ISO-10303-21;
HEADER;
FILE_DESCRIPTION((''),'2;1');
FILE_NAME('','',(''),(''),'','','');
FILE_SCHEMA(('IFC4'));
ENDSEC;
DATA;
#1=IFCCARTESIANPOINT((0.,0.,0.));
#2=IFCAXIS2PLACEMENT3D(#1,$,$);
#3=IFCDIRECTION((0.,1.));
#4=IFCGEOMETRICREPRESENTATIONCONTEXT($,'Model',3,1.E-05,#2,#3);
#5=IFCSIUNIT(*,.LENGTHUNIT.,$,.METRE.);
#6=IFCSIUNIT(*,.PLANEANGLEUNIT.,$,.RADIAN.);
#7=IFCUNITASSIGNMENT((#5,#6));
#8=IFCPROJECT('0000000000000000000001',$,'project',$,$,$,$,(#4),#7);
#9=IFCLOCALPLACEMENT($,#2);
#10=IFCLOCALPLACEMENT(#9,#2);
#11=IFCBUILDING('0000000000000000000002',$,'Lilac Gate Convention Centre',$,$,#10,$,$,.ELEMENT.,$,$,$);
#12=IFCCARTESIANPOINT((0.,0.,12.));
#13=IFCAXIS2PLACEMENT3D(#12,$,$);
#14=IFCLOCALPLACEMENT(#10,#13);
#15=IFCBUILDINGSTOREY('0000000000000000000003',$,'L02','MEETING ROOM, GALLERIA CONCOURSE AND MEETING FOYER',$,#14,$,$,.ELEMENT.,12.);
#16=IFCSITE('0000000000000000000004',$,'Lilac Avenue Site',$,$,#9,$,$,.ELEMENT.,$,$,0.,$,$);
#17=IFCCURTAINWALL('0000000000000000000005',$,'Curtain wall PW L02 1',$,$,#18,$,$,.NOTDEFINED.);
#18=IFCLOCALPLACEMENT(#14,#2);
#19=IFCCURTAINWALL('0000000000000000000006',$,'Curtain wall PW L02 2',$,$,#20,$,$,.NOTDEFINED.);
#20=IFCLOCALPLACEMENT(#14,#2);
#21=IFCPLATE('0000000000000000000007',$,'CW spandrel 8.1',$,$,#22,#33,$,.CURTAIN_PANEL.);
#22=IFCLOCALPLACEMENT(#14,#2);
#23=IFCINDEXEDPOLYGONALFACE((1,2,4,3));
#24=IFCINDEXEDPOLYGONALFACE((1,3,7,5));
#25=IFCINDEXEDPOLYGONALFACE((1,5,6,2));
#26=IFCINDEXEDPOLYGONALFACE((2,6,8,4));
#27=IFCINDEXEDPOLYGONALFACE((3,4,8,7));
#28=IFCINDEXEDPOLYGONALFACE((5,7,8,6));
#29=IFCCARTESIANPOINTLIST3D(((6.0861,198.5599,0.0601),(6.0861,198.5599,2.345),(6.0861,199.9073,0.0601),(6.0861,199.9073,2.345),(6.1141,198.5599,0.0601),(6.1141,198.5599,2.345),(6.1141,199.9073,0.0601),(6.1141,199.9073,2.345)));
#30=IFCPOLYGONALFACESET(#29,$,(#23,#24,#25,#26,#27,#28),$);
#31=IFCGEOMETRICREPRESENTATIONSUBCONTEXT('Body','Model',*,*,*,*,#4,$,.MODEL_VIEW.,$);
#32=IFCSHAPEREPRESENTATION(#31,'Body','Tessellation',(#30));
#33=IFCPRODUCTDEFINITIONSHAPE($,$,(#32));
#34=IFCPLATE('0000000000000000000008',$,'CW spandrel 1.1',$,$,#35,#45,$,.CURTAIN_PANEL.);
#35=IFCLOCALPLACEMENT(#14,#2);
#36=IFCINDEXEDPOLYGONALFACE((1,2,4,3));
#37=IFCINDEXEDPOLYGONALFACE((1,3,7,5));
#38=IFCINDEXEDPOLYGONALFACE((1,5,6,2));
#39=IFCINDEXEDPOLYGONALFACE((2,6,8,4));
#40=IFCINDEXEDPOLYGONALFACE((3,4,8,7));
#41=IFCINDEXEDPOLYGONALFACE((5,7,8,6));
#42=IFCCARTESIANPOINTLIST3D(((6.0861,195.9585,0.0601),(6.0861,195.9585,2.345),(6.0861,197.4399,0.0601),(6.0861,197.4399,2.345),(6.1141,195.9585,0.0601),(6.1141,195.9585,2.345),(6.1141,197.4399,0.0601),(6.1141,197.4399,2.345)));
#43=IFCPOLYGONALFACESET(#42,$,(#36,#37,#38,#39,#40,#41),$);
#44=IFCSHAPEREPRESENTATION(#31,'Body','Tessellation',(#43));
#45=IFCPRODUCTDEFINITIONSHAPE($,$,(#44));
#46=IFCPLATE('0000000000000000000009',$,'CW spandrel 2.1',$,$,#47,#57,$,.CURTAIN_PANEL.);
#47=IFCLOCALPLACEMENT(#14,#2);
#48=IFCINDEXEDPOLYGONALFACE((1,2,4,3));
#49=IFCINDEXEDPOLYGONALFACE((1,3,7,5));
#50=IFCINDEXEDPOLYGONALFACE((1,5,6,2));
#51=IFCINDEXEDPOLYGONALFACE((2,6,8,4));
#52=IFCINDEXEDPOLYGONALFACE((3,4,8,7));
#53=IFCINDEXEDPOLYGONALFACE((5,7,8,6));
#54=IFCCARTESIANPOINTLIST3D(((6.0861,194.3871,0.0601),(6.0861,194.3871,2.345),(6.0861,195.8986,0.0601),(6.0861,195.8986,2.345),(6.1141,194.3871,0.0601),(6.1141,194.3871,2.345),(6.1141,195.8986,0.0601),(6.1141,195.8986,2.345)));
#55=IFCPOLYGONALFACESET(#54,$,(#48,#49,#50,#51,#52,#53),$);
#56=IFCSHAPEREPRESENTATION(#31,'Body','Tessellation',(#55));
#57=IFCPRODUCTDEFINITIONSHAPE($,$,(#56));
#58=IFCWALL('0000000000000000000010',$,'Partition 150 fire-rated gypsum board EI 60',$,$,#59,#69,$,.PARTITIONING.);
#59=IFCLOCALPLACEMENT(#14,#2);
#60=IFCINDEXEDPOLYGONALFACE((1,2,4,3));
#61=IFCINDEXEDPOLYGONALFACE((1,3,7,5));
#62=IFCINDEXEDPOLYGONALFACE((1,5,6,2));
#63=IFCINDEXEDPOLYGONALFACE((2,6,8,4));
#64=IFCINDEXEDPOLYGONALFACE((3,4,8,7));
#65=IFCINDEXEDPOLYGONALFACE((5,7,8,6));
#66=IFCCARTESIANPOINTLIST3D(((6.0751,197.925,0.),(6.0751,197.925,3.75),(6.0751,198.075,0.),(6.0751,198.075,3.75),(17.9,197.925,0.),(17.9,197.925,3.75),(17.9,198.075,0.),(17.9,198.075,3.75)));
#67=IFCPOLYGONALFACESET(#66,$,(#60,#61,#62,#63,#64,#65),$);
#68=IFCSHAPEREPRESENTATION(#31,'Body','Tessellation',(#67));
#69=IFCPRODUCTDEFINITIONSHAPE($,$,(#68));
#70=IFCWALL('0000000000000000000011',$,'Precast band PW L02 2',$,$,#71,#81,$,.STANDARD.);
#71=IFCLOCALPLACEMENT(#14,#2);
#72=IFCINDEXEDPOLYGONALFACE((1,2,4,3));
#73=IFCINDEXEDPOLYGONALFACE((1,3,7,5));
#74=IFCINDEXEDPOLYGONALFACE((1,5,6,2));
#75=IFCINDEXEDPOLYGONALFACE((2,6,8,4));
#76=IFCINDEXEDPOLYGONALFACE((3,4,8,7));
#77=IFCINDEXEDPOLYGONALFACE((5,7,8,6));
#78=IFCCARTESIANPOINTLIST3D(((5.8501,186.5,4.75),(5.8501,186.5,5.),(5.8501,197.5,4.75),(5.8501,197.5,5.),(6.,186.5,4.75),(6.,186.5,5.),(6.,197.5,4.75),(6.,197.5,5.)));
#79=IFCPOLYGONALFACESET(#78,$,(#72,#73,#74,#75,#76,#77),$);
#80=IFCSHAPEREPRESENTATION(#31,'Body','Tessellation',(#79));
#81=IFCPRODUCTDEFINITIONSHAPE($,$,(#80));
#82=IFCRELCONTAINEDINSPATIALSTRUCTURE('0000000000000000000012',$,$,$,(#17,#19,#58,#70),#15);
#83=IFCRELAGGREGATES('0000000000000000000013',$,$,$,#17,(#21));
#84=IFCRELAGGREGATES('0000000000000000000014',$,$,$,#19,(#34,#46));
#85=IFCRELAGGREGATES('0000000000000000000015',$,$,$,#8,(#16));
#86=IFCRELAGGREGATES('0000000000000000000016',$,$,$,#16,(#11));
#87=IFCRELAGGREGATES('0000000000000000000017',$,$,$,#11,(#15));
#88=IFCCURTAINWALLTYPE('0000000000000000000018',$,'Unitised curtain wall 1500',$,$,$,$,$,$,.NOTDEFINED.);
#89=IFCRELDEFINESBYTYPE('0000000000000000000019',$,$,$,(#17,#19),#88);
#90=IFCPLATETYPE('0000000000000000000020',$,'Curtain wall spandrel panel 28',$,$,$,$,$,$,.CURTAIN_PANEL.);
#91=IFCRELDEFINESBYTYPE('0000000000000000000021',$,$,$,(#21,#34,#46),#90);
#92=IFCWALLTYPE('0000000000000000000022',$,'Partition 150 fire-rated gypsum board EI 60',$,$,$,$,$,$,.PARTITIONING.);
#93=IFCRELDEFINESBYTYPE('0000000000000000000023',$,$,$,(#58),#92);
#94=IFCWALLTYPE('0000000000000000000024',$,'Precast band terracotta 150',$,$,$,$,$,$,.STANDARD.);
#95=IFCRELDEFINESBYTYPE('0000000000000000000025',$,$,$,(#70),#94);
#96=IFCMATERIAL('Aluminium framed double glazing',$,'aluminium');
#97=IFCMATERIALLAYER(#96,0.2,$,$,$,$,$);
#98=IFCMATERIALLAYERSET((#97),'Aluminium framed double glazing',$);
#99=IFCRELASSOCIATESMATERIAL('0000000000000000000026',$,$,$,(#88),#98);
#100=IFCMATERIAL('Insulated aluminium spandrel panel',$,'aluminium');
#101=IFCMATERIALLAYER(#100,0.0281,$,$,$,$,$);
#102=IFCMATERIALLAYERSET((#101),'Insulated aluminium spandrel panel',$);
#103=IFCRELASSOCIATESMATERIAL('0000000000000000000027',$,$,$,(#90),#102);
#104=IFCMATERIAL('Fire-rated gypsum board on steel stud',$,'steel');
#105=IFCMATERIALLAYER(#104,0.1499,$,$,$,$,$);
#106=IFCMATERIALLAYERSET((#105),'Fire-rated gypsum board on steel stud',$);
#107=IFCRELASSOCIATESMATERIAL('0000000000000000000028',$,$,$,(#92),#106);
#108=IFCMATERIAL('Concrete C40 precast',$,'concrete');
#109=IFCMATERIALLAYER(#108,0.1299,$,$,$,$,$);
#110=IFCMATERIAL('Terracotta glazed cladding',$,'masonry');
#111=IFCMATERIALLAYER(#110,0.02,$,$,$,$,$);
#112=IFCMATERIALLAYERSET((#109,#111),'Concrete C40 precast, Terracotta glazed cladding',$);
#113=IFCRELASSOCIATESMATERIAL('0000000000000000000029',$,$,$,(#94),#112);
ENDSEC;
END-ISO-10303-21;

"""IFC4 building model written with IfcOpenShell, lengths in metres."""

from ifc_helpers import new_model, si_unit, direction, frame, frame_2d, origin, origin_2d, place, context, subcontext, project, spatial, rectangle, extrude, material, layer, layer_set, type_object, element, aggregate, save


model = new_model("IFC4")

# Units and contexts
model_context = context("Model", 3, precision=1e-05, world=origin(), true_north=direction((0.0, 1.0)))
body_context = subcontext(model_context, "Body", "Model", "MODEL_VIEW")
ifc_project = project(units=[si_unit("LENGTHUNIT", "METRE"), si_unit("PLANEANGLEUNIT", "RADIAN")], contexts=[model_context])

# Site, building, storey
site_placement = place(None, origin())
site = spatial("IfcSite", under=ifc_project, at=site_placement, Name="Lilac Avenue Site", CompositionType="ELEMENT", RefElevation=0.0)
building_placement = place(site_placement, origin())
building = spatial("IfcBuilding", under=site, at=building_placement, Name="Lilac Gate Convention Centre", CompositionType="ELEMENT")
storey_placement = place(building_placement, frame((0.0, 0.0, 12.0)))
storey = spatial("IfcBuildingStorey", under=building, at=storey_placement, Name="L02", Description="MEETING ROOM, GALLERIA CONCOURSE AND MEETING FOYER", CompositionType="ELEMENT", Elevation=12.0)

# Curtain walls
ifc_material_1 = material(Name="Aluminium framed double glazing", Category="aluminium")
ifc_layer_1 = layer(ifc_material_1, 0.2)
ifc_layer_set_1 = layer_set([ifc_layer_1], Name="Aluminium framed double glazing")
curtain_wall_type = type_object("IfcCurtainWallType", Name="Unitised curtain wall 1500", PredefinedType="NOTDEFINED", material=ifc_layer_set_1)
curtain_wall_1_placement = place(storey_placement, origin())
curtain_wall_1 = element("IfcCurtainWall", 1, at=curtain_wall_1_placement, inside=storey, type_object=curtain_wall_type, Name="Curtain wall PW L02 1", PredefinedType="NOTDEFINED")
curtain_wall_2_placement = place(storey_placement, origin())
curtain_wall_2 = element("IfcCurtainWall", 2, at=curtain_wall_2_placement, inside=storey, type_object=curtain_wall_type, Name="Curtain wall PW L02 2", PredefinedType="NOTDEFINED")

# Plates
ifc_material_2 = material(Name="Insulated aluminium spandrel panel", Category="aluminium")
ifc_layer_2 = layer(ifc_material_2, 0.0281)
ifc_layer_set_2 = layer_set([ifc_layer_2], Name="Insulated aluminium spandrel panel")
plate_type_1 = type_object("IfcPlateType", Name="Curtain wall spandrel panel 28", PredefinedType="CURTAIN_PANEL", material=ifc_layer_set_2)
plate_1_placement = place(storey_placement, frame((6.1001, 199.2336, 0.0601), z_axis=(0.0, 0.0, 1.0), x_axis=(0.0, -1.0, 0.0)))
plate_1 = element("IfcPlate", 3, at=plate_1_placement, type_object=plate_type_1, Name="CW spandrel 8.1", PredefinedType="CURTAIN_PANEL", context=body_context, shape_type="SweptSolid", body=[
    extrude(rectangle(XDim=1.3474, YDim=0.0281, at=origin_2d()), origin(), (0.0, 0.0, 1.0), 2.2849),
])
aggregate(curtain_wall_1, [plate_1])
plate_2_placement = place(storey_placement, frame((6.1001, 196.6992, 0.0601), z_axis=(0.0, 0.0, 1.0), x_axis=(0.0, -1.0, 0.0)))
plate_2 = element("IfcPlate", 4, at=plate_2_placement, type_object=plate_type_1, Name="CW spandrel 1.1", PredefinedType="CURTAIN_PANEL", context=body_context, shape_type="SweptSolid", body=[
    extrude(rectangle(XDim=1.4814, YDim=0.0281, at=origin_2d()), origin(), (0.0, 0.0, 1.0), 2.2849),
])
plate_3_placement = place(storey_placement, frame((6.1001, 195.1428, 0.0601), z_axis=(0.0, 0.0, 1.0), x_axis=(0.0, -1.0, 0.0)))
plate_3 = element("IfcPlate", 5, at=plate_3_placement, type_object=plate_type_1, Name="CW spandrel 2.1", PredefinedType="CURTAIN_PANEL", context=body_context, shape_type="SweptSolid", body=[
    extrude(rectangle(XDim=1.5115, YDim=0.0281, at=origin_2d()), origin(), (0.0, 0.0, 1.0), 2.2849),
])
aggregate(curtain_wall_2, [plate_2, plate_3])

# Walls
ifc_material_3 = material(Name="Fire-rated gypsum board on steel stud", Category="steel")
ifc_layer_3 = layer(ifc_material_3, 0.1499)
ifc_layer_set_3 = layer_set([ifc_layer_3], Name="Fire-rated gypsum board on steel stud")
wall_type_1 = type_object("IfcWallType", Name="Partition 150 fire-rated gypsum board EI 60", PredefinedType="PARTITIONING", material=ifc_layer_set_3)
wall_1_placement = place(storey_placement, frame((6.075, 198.0, 0.0), z_axis=(0.0, 0.0, 1.0), x_axis=(1.0, 0.0, 0.0)))
element("IfcWall", 6, at=wall_1_placement, inside=storey, type_object=wall_type_1, Name="Partition 150 fire-rated gypsum board EI 60", PredefinedType="PARTITIONING", context=body_context, shape_type="SweptSolid", body=[
    extrude(rectangle(XDim=11.825, YDim=0.1499, at=frame_2d((5.9126, 0.0))), origin(), (0.0, 0.0, 1.0), 3.75),
])
ifc_material_4 = material(Name="Concrete C40 precast", Category="concrete")
ifc_layer_4 = layer(ifc_material_4, 0.1299)
ifc_material_5 = material(Name="Terracotta glazed cladding", Category="masonry")
ifc_layer_5 = layer(ifc_material_5, 0.02)
ifc_layer_set_4 = layer_set([ifc_layer_4, ifc_layer_5], Name="Concrete C40 precast, Terracotta glazed cladding")
wall_type_2 = type_object("IfcWallType", Name="Precast band terracotta 150", PredefinedType="STANDARD", material=ifc_layer_set_4)
wall_2_placement = place(storey_placement, frame((5.925, 197.5, 4.75), z_axis=(0.0, 0.0, 1.0), x_axis=(0.0, -1.0, 0.0)))
element("IfcWall", 7, at=wall_2_placement, inside=storey, type_object=wall_type_2, Name="Precast band PW L02 2", PredefinedType="STANDARD", context=body_context, shape_type="SweptSolid", body=[
    extrude(rectangle(XDim=11.0, YDim=0.1499, at=frame_2d((5.5, 0.0))), origin(), (0.0, 0.0, 1.0), 0.25),
])

save(model, "model.ifc")
